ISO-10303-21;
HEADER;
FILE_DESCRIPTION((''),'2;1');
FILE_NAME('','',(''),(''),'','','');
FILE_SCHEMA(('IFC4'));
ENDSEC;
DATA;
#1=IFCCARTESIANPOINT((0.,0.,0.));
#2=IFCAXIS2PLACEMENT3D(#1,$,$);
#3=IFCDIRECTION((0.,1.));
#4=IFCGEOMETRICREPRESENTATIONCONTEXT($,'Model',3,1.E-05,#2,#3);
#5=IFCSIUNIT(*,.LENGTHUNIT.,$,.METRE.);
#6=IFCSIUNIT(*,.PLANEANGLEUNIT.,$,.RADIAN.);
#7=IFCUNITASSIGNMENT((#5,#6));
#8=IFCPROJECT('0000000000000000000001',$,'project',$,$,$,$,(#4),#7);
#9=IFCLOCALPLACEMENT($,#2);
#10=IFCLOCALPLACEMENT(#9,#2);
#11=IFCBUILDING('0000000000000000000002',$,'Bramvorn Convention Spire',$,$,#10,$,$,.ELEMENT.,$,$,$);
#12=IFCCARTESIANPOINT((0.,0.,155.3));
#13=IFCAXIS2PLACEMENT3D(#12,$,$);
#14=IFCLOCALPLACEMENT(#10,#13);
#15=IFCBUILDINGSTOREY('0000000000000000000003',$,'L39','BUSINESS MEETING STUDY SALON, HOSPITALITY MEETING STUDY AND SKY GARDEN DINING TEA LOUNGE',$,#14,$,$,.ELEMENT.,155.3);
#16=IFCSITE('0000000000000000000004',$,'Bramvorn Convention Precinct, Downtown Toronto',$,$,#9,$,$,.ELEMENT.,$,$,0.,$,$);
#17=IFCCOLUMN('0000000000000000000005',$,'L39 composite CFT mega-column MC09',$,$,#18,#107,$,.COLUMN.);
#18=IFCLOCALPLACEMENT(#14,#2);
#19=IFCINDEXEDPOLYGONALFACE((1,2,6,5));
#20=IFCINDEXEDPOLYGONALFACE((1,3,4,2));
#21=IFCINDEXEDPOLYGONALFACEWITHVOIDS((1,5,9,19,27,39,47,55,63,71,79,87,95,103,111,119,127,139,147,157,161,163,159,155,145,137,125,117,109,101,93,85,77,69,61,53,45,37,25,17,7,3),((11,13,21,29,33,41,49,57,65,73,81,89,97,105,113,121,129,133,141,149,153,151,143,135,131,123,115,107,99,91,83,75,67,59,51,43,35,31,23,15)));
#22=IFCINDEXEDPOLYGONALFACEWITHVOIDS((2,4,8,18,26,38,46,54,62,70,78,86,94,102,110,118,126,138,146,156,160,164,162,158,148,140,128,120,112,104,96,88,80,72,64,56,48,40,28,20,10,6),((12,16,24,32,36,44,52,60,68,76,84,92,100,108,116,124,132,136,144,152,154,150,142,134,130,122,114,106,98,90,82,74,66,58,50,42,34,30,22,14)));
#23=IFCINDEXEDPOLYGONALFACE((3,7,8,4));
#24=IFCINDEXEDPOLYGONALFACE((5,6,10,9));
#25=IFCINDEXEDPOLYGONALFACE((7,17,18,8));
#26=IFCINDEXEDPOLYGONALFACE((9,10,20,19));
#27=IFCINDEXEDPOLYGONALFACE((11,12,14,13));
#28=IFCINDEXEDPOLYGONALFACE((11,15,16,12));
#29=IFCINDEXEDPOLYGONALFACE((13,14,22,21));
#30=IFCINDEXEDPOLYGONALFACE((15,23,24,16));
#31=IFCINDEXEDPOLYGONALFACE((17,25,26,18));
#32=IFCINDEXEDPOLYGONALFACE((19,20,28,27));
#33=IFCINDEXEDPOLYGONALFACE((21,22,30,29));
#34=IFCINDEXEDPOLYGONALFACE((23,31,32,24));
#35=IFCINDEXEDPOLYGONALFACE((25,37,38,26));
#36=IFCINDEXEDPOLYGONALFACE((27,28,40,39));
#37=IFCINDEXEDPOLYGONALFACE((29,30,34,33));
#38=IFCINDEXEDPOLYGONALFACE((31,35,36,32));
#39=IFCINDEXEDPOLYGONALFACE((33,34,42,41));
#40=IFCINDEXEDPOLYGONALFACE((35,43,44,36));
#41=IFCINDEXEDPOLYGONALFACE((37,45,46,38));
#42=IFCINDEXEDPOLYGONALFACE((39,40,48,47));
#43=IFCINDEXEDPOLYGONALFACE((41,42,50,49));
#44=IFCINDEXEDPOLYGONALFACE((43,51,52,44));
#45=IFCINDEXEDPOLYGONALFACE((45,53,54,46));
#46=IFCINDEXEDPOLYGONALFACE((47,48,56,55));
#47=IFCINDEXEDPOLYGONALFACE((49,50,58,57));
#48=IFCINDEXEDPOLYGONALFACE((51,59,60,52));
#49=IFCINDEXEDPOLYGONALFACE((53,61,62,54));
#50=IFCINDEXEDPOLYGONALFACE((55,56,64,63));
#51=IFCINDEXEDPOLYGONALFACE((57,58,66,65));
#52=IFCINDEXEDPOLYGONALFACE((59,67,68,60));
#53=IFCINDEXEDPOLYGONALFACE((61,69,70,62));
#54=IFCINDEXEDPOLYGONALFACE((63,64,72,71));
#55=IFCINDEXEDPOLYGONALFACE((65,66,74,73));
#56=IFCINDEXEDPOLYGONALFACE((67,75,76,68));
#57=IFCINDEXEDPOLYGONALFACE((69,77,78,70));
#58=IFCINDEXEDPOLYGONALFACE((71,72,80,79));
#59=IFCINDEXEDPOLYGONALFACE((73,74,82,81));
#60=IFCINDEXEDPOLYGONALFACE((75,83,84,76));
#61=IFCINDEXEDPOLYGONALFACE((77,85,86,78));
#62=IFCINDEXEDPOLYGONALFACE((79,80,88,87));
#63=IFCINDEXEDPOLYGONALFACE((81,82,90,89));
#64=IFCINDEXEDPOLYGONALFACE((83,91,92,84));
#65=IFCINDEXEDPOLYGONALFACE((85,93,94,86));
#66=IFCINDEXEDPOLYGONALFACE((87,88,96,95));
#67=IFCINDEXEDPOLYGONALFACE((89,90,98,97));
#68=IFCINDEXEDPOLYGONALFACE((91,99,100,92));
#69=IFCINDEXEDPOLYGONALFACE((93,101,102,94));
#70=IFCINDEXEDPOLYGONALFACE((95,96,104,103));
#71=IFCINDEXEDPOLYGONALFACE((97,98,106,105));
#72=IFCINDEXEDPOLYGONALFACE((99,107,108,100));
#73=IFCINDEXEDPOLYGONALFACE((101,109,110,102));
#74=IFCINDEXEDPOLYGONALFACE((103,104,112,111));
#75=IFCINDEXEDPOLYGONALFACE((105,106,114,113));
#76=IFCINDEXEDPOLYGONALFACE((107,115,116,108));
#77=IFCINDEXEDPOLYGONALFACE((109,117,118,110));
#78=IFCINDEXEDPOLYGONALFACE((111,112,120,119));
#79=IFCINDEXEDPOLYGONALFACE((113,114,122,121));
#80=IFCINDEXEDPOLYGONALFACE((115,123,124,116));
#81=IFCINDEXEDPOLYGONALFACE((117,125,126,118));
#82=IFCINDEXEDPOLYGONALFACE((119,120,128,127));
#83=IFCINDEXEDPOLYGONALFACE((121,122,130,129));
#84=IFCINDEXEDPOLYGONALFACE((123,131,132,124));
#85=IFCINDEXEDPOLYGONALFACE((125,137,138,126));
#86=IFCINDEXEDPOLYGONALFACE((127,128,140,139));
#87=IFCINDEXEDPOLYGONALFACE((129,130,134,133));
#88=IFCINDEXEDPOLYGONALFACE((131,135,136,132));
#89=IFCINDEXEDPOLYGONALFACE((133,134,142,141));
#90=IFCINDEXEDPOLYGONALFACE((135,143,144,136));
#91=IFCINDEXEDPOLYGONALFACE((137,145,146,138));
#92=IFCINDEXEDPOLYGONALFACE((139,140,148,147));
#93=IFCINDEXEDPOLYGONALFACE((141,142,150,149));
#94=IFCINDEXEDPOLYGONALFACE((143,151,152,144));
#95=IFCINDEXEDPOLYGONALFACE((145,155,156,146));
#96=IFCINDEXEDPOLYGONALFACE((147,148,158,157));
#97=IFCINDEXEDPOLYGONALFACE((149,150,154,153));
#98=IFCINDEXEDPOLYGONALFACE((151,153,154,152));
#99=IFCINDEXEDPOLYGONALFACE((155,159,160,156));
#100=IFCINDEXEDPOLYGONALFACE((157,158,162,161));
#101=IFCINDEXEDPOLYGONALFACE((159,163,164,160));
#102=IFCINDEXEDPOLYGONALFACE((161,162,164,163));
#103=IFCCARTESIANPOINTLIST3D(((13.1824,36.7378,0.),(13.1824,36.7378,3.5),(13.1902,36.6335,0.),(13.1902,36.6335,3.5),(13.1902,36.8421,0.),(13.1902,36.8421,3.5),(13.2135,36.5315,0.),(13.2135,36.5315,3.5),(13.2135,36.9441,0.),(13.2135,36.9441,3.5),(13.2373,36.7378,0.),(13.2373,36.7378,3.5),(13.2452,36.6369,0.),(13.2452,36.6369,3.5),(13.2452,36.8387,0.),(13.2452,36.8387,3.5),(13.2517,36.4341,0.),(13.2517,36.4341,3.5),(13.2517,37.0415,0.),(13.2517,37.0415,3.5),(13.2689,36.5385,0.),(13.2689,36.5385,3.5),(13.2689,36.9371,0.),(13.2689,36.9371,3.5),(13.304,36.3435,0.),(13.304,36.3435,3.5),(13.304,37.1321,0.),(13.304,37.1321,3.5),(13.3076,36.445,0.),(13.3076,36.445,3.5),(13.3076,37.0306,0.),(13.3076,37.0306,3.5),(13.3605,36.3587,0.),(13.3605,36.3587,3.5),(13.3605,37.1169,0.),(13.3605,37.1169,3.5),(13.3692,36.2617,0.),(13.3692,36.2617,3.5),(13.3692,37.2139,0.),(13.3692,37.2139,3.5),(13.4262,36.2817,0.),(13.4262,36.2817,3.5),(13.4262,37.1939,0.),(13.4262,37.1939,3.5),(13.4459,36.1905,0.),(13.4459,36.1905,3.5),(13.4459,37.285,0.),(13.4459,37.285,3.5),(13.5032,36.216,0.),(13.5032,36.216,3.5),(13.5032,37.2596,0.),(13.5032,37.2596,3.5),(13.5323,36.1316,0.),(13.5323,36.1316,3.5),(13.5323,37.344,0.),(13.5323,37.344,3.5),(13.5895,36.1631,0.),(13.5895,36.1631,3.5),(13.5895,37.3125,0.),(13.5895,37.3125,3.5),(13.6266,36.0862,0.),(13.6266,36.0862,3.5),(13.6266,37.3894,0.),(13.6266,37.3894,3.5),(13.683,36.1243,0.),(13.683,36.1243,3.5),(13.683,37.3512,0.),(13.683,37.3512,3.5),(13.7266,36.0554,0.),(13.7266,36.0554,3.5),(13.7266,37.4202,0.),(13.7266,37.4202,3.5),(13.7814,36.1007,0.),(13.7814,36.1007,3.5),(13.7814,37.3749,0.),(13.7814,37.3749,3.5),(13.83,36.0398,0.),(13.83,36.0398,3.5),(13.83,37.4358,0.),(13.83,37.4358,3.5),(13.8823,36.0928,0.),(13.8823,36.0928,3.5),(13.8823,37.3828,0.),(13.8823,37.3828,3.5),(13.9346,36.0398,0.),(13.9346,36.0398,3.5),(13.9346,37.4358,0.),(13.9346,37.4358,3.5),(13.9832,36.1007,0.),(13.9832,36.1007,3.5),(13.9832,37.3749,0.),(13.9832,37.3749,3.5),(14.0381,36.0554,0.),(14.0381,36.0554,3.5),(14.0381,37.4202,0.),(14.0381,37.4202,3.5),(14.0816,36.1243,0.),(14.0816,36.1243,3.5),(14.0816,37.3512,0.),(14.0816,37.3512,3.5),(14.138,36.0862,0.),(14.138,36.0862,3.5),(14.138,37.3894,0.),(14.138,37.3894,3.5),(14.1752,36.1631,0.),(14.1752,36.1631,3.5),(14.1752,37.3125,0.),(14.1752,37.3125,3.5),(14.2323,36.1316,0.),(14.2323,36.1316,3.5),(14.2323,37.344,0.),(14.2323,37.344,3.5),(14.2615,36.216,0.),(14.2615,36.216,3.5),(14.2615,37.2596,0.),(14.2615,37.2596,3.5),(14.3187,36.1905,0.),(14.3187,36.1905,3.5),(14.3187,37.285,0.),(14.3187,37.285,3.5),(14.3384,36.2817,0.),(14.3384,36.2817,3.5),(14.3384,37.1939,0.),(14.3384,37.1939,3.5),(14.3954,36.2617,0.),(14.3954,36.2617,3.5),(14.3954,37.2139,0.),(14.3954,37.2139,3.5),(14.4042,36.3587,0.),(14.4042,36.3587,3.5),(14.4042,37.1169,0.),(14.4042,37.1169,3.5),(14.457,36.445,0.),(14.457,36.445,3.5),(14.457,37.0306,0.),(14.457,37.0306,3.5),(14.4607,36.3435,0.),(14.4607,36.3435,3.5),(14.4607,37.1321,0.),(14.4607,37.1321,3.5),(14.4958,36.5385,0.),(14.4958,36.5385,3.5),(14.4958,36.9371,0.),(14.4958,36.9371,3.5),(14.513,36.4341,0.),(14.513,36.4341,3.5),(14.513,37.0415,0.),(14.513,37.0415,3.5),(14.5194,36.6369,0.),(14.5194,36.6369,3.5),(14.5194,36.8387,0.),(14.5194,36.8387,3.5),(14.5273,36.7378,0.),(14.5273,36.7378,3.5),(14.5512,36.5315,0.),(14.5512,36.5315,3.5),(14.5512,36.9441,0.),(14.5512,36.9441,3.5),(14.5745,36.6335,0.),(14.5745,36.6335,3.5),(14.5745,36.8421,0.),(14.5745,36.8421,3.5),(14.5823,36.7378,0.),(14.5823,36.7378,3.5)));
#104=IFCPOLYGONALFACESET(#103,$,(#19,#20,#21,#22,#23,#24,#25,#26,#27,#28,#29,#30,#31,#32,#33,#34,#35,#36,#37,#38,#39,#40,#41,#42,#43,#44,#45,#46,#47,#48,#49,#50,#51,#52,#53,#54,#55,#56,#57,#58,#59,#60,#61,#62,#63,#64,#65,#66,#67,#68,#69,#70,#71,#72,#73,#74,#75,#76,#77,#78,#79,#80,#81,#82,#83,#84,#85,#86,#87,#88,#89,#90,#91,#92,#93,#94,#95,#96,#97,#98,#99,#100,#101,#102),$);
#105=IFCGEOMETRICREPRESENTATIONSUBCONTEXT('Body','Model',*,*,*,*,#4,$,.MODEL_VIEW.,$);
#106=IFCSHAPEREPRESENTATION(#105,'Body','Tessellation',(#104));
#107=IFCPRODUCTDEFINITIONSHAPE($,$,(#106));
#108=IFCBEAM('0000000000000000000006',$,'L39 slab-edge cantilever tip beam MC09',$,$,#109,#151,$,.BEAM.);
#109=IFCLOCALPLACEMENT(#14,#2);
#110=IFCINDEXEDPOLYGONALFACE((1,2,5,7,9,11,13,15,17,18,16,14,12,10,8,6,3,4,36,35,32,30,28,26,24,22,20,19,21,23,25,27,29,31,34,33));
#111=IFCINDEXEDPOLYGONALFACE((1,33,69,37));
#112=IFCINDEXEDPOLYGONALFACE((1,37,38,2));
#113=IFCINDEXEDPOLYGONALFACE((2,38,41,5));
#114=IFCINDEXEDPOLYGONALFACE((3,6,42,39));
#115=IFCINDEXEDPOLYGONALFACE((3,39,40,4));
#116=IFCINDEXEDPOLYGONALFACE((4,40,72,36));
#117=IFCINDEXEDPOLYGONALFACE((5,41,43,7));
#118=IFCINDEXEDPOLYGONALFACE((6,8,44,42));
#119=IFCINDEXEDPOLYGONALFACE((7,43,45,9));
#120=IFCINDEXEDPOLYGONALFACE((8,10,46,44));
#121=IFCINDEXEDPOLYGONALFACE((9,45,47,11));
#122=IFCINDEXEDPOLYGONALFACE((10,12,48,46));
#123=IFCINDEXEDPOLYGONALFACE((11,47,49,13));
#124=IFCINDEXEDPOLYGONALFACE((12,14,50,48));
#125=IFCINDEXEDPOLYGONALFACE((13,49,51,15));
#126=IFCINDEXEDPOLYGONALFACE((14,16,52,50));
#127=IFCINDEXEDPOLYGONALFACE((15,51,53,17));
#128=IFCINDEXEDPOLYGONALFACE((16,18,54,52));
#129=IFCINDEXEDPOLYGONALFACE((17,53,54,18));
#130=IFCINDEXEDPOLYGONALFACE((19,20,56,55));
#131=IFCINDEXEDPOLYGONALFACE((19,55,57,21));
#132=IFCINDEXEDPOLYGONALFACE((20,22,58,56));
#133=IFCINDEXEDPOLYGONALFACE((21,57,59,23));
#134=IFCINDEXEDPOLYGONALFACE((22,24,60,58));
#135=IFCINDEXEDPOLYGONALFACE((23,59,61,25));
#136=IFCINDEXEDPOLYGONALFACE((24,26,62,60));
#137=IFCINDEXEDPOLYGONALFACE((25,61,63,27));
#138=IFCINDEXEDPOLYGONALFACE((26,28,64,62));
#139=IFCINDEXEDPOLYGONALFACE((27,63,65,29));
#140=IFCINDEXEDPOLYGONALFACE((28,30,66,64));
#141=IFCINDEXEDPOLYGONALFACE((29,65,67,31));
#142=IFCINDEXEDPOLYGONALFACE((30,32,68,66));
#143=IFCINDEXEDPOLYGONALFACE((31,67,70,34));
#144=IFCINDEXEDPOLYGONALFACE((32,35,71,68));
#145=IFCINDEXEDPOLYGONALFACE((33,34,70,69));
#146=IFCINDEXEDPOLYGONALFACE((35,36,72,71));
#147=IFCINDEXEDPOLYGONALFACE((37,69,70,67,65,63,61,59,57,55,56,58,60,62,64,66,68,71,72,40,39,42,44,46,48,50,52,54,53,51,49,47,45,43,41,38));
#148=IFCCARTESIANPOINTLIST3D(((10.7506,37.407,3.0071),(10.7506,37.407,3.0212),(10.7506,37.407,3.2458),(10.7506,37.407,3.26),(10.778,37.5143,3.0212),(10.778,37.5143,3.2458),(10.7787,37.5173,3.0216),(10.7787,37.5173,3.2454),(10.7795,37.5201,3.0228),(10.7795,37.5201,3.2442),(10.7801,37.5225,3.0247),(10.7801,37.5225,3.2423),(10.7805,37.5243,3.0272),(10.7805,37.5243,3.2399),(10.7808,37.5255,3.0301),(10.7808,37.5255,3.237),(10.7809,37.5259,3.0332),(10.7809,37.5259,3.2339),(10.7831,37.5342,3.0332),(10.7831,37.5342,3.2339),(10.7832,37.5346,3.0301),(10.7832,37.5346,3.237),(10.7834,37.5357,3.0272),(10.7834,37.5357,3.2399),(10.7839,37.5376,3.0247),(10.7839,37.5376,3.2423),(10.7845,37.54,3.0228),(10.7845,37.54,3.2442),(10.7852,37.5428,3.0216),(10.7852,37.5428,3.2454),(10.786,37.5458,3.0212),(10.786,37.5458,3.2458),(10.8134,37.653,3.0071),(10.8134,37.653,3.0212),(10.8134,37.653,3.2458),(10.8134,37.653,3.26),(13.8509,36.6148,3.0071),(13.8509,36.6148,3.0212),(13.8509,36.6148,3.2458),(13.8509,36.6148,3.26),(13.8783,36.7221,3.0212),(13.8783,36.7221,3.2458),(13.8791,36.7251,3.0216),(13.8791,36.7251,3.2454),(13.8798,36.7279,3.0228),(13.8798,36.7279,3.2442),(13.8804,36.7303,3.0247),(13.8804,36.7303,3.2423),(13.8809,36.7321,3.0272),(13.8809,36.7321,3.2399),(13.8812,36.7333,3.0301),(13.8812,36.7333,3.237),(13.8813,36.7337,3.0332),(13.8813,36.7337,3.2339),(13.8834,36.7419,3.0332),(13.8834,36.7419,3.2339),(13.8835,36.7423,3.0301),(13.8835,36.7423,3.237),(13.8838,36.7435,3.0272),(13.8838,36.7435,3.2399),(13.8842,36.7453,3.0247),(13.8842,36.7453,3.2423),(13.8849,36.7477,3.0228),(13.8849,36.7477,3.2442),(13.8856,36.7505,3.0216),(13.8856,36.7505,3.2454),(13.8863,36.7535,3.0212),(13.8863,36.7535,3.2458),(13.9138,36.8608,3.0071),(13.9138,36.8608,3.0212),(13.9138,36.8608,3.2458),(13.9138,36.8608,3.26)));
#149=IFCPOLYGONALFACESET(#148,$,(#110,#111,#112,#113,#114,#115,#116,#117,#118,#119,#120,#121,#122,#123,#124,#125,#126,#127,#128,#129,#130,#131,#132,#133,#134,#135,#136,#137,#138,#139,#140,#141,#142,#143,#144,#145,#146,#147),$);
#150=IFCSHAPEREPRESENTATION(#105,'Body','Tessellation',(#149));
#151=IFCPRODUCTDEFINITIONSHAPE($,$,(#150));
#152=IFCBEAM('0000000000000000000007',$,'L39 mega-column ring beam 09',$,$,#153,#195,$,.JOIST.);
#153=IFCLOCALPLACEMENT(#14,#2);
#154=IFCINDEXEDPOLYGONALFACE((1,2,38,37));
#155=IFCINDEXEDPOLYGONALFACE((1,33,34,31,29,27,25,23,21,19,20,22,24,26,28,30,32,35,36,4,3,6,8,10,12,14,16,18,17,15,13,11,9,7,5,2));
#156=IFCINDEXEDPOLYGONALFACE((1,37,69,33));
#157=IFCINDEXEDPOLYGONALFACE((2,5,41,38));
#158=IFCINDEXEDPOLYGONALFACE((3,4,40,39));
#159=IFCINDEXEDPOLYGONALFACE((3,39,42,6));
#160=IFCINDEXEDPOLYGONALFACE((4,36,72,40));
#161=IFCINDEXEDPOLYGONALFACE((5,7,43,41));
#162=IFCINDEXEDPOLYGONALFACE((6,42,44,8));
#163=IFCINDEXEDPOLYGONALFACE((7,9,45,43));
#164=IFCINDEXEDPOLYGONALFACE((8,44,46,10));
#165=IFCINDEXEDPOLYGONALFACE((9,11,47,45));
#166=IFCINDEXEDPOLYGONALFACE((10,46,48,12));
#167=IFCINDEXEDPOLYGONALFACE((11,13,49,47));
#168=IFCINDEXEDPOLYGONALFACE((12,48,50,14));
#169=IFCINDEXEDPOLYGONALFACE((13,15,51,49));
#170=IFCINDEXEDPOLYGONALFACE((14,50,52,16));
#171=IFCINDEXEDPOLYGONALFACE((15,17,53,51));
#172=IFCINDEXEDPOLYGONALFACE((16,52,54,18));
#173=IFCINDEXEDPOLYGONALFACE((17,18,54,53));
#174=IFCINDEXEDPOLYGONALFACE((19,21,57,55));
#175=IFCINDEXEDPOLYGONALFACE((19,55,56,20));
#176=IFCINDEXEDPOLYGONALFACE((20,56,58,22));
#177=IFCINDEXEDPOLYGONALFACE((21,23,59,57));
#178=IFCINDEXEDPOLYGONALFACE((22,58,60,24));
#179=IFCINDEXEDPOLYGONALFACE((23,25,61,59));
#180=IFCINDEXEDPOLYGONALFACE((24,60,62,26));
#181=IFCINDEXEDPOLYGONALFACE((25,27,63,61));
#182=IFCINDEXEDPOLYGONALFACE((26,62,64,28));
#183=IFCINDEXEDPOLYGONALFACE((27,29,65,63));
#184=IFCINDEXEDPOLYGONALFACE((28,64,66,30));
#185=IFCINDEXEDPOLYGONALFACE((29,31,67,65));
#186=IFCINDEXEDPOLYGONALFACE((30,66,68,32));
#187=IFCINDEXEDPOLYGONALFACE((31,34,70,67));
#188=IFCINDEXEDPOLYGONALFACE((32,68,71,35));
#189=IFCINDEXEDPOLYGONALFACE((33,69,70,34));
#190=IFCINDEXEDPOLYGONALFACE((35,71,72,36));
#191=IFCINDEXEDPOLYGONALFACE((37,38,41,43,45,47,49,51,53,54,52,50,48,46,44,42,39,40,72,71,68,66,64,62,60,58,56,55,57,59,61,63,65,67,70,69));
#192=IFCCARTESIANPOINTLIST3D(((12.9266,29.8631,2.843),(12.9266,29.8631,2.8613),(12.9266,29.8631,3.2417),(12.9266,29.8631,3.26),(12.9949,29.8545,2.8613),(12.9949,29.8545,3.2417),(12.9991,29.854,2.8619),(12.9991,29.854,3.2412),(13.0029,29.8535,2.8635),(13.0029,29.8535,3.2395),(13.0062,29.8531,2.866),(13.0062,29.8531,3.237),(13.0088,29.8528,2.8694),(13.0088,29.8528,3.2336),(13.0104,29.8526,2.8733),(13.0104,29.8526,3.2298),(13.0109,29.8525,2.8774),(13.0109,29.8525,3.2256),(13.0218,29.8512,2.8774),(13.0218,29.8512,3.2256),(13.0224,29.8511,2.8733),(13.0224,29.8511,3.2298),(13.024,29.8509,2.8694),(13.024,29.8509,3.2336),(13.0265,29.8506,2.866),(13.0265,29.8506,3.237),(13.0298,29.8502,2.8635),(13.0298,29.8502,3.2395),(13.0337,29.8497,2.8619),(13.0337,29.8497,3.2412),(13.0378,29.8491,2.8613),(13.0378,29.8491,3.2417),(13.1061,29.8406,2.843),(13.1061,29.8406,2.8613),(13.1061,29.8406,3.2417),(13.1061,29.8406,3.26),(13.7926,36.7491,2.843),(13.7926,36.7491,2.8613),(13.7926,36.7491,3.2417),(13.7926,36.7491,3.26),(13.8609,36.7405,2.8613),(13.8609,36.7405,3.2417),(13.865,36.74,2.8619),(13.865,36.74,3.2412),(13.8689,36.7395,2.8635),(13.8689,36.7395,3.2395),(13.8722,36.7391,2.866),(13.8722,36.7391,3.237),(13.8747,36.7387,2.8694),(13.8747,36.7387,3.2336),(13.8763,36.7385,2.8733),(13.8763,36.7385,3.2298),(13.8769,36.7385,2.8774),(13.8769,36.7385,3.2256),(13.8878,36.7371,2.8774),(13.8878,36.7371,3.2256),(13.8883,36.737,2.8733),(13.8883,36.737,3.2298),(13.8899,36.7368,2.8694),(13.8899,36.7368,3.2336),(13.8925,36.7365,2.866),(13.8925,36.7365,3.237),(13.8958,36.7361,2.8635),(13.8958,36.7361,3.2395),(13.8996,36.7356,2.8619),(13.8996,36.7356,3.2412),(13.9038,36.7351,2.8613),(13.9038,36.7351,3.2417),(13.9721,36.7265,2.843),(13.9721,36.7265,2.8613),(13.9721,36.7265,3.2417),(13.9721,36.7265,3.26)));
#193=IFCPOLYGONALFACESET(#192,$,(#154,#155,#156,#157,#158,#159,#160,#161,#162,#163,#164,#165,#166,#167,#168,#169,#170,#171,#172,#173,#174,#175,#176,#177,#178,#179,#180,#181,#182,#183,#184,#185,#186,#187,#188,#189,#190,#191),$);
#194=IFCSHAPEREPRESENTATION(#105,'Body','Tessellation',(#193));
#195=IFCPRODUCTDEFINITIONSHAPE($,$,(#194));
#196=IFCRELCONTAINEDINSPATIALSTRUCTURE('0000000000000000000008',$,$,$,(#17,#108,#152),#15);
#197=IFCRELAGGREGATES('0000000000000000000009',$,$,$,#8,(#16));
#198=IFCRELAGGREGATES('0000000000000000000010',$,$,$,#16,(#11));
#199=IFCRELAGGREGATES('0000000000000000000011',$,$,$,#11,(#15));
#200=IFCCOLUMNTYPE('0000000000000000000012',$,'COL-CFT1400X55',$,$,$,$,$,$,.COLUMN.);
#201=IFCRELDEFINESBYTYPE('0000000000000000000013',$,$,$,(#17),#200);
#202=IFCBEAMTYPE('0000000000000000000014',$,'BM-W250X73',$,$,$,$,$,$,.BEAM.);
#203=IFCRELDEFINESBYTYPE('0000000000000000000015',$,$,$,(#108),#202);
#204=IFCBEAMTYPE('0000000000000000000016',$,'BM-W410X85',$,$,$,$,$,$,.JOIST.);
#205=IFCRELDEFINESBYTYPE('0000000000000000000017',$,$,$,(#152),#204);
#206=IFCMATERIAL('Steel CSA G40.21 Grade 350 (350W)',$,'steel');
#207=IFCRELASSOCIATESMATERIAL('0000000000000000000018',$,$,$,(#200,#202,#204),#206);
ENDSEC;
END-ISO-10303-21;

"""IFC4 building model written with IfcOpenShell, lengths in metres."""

from ifc_helpers import new_model, si_unit, direction, frame, origin, origin_2d, place, context, subcontext, project, spatial, hollow_circle, i_section, extrude, material, material_profile, profile_set, type_object, element, save


model = new_model("IFC4")

# Units and contexts
model_context = context("Model", 3, precision=1e-05, world=origin(), true_north=direction((0.0, 1.0)))
body_context = subcontext(model_context, "Body", "Model", "MODEL_VIEW")
ifc_project = project(units=[si_unit("LENGTHUNIT", "METRE"), si_unit("PLANEANGLEUNIT", "RADIAN")], contexts=[model_context])

# Site, building, storey
site_placement = place(None, origin())
site = spatial("IfcSite", under=ifc_project, at=site_placement, Name="Bramvorn Convention Precinct, Downtown Toronto", CompositionType="ELEMENT", RefElevation=0.0)
building_placement = place(site_placement, origin())
building = spatial("IfcBuilding", under=site, at=building_placement, Name="Bramvorn Convention Spire", CompositionType="ELEMENT")
storey_placement = place(building_placement, frame((0.0, 0.0, 155.3)))
storey = spatial("IfcBuildingStorey", under=building, at=storey_placement, Name="L39", Description="BUSINESS MEETING STUDY SALON, HOSPITALITY MEETING STUDY AND SKY GARDEN DINING TEA LOUNGE", CompositionType="ELEMENT", Elevation=155.3)

# Column
ifc_material_1 = material(Name="Steel CSA G40.21 Grade 350 (350W)", Category="steel")
ifc_material_profile_1 = material_profile(ifc_material_1, hollow_circle(Radius=0.7, WallThickness=0.0549, at=origin_2d()))
ifc_profile_set_1 = profile_set([ifc_material_profile_1], Name="Steel CSA G40.21 Grade 350 (350W) - CFT1400X55")
column_type = type_object("IfcColumnType", Name="COL-CFT1400X55", PredefinedType="COLUMN", material=ifc_profile_set_1)
column_placement = place(storey_placement, frame((13.8823, 36.7378, 0.0), z_axis=(0.0, 0.0, 1.0), x_axis=(1.0, 0.0, 0.0)))
element("IfcColumn", 1, at=column_placement, inside=storey, type_object=column_type, Name="L39 composite CFT mega-column MC09", PredefinedType="COLUMN", context=body_context, shape_type="SweptSolid", body=[
    extrude(hollow_circle(Radius=0.7, WallThickness=0.0549, at=origin_2d()), origin(), (0.0, 0.0, 1.0), 3.5),
])

# Beams
ifc_material_profile_2 = material_profile(ifc_material_1, i_section(OverallWidth=0.2539, OverallDepth=0.2529, WebThickness=0.0085, FlangeThickness=0.0142, FilletRadius=0.012, at=origin_2d()))
ifc_profile_set_2 = profile_set([ifc_material_profile_2], Name="Steel CSA G40.21 Grade 350 (350W) - W250X73")
beam_type_1 = type_object("IfcBeamType", Name="BM-W250X73", PredefinedType="BEAM", material=ifc_profile_set_2)
beam_1_placement = place(storey_placement, frame((13.8823, 36.7378, 3.1335), z_axis=(-0.968868, 0.247577, 0.0), x_axis=(-0.247577, -0.968868, 0.0)))
element("IfcBeam", 2, at=beam_1_placement, inside=storey, type_object=beam_type_1, Name="L39 slab-edge cantilever tip beam MC09", PredefinedType="BEAM", context=body_context, shape_type="SweptSolid", body=[
    extrude(i_section(OverallWidth=0.2539, OverallDepth=0.2529, WebThickness=0.0085, FlangeThickness=0.0142, FilletRadius=0.012, at=origin_2d()), origin(), (0.0, 0.0, 1.0), 3.2),
])
ifc_material_profile_3 = material_profile(ifc_material_1, i_section(OverallWidth=0.1809, OverallDepth=0.417, WebThickness=0.011, FlangeThickness=0.0183, FilletRadius=0.0161, at=origin_2d()))
ifc_profile_set_3 = profile_set([ifc_material_profile_3], Name="Steel CSA G40.21 Grade 350 (350W) - W410X85")
beam_type_2 = type_object("IfcBeamType", Name="BM-W410X85", PredefinedType="JOIST", material=ifc_profile_set_3)
beam_2_placement = place(storey_placement, frame((13.8823, 36.7378, 3.0515), z_axis=(-0.124775, -0.992185, 0.0), x_axis=(0.992185, -0.124775, 0.0)))
element("IfcBeam", 3, at=beam_2_placement, inside=storey, type_object=beam_type_2, Name="L39 mega-column ring beam 09", PredefinedType="JOIST", context=body_context, shape_type="SweptSolid", body=[
    extrude(i_section(OverallWidth=0.1809, OverallDepth=0.417, WebThickness=0.011, FlangeThickness=0.0183, FilletRadius=0.0161, at=origin_2d()), origin(), (0.0, 0.0, 1.0), 6.9402),
])

save(model, "model.ifc")
